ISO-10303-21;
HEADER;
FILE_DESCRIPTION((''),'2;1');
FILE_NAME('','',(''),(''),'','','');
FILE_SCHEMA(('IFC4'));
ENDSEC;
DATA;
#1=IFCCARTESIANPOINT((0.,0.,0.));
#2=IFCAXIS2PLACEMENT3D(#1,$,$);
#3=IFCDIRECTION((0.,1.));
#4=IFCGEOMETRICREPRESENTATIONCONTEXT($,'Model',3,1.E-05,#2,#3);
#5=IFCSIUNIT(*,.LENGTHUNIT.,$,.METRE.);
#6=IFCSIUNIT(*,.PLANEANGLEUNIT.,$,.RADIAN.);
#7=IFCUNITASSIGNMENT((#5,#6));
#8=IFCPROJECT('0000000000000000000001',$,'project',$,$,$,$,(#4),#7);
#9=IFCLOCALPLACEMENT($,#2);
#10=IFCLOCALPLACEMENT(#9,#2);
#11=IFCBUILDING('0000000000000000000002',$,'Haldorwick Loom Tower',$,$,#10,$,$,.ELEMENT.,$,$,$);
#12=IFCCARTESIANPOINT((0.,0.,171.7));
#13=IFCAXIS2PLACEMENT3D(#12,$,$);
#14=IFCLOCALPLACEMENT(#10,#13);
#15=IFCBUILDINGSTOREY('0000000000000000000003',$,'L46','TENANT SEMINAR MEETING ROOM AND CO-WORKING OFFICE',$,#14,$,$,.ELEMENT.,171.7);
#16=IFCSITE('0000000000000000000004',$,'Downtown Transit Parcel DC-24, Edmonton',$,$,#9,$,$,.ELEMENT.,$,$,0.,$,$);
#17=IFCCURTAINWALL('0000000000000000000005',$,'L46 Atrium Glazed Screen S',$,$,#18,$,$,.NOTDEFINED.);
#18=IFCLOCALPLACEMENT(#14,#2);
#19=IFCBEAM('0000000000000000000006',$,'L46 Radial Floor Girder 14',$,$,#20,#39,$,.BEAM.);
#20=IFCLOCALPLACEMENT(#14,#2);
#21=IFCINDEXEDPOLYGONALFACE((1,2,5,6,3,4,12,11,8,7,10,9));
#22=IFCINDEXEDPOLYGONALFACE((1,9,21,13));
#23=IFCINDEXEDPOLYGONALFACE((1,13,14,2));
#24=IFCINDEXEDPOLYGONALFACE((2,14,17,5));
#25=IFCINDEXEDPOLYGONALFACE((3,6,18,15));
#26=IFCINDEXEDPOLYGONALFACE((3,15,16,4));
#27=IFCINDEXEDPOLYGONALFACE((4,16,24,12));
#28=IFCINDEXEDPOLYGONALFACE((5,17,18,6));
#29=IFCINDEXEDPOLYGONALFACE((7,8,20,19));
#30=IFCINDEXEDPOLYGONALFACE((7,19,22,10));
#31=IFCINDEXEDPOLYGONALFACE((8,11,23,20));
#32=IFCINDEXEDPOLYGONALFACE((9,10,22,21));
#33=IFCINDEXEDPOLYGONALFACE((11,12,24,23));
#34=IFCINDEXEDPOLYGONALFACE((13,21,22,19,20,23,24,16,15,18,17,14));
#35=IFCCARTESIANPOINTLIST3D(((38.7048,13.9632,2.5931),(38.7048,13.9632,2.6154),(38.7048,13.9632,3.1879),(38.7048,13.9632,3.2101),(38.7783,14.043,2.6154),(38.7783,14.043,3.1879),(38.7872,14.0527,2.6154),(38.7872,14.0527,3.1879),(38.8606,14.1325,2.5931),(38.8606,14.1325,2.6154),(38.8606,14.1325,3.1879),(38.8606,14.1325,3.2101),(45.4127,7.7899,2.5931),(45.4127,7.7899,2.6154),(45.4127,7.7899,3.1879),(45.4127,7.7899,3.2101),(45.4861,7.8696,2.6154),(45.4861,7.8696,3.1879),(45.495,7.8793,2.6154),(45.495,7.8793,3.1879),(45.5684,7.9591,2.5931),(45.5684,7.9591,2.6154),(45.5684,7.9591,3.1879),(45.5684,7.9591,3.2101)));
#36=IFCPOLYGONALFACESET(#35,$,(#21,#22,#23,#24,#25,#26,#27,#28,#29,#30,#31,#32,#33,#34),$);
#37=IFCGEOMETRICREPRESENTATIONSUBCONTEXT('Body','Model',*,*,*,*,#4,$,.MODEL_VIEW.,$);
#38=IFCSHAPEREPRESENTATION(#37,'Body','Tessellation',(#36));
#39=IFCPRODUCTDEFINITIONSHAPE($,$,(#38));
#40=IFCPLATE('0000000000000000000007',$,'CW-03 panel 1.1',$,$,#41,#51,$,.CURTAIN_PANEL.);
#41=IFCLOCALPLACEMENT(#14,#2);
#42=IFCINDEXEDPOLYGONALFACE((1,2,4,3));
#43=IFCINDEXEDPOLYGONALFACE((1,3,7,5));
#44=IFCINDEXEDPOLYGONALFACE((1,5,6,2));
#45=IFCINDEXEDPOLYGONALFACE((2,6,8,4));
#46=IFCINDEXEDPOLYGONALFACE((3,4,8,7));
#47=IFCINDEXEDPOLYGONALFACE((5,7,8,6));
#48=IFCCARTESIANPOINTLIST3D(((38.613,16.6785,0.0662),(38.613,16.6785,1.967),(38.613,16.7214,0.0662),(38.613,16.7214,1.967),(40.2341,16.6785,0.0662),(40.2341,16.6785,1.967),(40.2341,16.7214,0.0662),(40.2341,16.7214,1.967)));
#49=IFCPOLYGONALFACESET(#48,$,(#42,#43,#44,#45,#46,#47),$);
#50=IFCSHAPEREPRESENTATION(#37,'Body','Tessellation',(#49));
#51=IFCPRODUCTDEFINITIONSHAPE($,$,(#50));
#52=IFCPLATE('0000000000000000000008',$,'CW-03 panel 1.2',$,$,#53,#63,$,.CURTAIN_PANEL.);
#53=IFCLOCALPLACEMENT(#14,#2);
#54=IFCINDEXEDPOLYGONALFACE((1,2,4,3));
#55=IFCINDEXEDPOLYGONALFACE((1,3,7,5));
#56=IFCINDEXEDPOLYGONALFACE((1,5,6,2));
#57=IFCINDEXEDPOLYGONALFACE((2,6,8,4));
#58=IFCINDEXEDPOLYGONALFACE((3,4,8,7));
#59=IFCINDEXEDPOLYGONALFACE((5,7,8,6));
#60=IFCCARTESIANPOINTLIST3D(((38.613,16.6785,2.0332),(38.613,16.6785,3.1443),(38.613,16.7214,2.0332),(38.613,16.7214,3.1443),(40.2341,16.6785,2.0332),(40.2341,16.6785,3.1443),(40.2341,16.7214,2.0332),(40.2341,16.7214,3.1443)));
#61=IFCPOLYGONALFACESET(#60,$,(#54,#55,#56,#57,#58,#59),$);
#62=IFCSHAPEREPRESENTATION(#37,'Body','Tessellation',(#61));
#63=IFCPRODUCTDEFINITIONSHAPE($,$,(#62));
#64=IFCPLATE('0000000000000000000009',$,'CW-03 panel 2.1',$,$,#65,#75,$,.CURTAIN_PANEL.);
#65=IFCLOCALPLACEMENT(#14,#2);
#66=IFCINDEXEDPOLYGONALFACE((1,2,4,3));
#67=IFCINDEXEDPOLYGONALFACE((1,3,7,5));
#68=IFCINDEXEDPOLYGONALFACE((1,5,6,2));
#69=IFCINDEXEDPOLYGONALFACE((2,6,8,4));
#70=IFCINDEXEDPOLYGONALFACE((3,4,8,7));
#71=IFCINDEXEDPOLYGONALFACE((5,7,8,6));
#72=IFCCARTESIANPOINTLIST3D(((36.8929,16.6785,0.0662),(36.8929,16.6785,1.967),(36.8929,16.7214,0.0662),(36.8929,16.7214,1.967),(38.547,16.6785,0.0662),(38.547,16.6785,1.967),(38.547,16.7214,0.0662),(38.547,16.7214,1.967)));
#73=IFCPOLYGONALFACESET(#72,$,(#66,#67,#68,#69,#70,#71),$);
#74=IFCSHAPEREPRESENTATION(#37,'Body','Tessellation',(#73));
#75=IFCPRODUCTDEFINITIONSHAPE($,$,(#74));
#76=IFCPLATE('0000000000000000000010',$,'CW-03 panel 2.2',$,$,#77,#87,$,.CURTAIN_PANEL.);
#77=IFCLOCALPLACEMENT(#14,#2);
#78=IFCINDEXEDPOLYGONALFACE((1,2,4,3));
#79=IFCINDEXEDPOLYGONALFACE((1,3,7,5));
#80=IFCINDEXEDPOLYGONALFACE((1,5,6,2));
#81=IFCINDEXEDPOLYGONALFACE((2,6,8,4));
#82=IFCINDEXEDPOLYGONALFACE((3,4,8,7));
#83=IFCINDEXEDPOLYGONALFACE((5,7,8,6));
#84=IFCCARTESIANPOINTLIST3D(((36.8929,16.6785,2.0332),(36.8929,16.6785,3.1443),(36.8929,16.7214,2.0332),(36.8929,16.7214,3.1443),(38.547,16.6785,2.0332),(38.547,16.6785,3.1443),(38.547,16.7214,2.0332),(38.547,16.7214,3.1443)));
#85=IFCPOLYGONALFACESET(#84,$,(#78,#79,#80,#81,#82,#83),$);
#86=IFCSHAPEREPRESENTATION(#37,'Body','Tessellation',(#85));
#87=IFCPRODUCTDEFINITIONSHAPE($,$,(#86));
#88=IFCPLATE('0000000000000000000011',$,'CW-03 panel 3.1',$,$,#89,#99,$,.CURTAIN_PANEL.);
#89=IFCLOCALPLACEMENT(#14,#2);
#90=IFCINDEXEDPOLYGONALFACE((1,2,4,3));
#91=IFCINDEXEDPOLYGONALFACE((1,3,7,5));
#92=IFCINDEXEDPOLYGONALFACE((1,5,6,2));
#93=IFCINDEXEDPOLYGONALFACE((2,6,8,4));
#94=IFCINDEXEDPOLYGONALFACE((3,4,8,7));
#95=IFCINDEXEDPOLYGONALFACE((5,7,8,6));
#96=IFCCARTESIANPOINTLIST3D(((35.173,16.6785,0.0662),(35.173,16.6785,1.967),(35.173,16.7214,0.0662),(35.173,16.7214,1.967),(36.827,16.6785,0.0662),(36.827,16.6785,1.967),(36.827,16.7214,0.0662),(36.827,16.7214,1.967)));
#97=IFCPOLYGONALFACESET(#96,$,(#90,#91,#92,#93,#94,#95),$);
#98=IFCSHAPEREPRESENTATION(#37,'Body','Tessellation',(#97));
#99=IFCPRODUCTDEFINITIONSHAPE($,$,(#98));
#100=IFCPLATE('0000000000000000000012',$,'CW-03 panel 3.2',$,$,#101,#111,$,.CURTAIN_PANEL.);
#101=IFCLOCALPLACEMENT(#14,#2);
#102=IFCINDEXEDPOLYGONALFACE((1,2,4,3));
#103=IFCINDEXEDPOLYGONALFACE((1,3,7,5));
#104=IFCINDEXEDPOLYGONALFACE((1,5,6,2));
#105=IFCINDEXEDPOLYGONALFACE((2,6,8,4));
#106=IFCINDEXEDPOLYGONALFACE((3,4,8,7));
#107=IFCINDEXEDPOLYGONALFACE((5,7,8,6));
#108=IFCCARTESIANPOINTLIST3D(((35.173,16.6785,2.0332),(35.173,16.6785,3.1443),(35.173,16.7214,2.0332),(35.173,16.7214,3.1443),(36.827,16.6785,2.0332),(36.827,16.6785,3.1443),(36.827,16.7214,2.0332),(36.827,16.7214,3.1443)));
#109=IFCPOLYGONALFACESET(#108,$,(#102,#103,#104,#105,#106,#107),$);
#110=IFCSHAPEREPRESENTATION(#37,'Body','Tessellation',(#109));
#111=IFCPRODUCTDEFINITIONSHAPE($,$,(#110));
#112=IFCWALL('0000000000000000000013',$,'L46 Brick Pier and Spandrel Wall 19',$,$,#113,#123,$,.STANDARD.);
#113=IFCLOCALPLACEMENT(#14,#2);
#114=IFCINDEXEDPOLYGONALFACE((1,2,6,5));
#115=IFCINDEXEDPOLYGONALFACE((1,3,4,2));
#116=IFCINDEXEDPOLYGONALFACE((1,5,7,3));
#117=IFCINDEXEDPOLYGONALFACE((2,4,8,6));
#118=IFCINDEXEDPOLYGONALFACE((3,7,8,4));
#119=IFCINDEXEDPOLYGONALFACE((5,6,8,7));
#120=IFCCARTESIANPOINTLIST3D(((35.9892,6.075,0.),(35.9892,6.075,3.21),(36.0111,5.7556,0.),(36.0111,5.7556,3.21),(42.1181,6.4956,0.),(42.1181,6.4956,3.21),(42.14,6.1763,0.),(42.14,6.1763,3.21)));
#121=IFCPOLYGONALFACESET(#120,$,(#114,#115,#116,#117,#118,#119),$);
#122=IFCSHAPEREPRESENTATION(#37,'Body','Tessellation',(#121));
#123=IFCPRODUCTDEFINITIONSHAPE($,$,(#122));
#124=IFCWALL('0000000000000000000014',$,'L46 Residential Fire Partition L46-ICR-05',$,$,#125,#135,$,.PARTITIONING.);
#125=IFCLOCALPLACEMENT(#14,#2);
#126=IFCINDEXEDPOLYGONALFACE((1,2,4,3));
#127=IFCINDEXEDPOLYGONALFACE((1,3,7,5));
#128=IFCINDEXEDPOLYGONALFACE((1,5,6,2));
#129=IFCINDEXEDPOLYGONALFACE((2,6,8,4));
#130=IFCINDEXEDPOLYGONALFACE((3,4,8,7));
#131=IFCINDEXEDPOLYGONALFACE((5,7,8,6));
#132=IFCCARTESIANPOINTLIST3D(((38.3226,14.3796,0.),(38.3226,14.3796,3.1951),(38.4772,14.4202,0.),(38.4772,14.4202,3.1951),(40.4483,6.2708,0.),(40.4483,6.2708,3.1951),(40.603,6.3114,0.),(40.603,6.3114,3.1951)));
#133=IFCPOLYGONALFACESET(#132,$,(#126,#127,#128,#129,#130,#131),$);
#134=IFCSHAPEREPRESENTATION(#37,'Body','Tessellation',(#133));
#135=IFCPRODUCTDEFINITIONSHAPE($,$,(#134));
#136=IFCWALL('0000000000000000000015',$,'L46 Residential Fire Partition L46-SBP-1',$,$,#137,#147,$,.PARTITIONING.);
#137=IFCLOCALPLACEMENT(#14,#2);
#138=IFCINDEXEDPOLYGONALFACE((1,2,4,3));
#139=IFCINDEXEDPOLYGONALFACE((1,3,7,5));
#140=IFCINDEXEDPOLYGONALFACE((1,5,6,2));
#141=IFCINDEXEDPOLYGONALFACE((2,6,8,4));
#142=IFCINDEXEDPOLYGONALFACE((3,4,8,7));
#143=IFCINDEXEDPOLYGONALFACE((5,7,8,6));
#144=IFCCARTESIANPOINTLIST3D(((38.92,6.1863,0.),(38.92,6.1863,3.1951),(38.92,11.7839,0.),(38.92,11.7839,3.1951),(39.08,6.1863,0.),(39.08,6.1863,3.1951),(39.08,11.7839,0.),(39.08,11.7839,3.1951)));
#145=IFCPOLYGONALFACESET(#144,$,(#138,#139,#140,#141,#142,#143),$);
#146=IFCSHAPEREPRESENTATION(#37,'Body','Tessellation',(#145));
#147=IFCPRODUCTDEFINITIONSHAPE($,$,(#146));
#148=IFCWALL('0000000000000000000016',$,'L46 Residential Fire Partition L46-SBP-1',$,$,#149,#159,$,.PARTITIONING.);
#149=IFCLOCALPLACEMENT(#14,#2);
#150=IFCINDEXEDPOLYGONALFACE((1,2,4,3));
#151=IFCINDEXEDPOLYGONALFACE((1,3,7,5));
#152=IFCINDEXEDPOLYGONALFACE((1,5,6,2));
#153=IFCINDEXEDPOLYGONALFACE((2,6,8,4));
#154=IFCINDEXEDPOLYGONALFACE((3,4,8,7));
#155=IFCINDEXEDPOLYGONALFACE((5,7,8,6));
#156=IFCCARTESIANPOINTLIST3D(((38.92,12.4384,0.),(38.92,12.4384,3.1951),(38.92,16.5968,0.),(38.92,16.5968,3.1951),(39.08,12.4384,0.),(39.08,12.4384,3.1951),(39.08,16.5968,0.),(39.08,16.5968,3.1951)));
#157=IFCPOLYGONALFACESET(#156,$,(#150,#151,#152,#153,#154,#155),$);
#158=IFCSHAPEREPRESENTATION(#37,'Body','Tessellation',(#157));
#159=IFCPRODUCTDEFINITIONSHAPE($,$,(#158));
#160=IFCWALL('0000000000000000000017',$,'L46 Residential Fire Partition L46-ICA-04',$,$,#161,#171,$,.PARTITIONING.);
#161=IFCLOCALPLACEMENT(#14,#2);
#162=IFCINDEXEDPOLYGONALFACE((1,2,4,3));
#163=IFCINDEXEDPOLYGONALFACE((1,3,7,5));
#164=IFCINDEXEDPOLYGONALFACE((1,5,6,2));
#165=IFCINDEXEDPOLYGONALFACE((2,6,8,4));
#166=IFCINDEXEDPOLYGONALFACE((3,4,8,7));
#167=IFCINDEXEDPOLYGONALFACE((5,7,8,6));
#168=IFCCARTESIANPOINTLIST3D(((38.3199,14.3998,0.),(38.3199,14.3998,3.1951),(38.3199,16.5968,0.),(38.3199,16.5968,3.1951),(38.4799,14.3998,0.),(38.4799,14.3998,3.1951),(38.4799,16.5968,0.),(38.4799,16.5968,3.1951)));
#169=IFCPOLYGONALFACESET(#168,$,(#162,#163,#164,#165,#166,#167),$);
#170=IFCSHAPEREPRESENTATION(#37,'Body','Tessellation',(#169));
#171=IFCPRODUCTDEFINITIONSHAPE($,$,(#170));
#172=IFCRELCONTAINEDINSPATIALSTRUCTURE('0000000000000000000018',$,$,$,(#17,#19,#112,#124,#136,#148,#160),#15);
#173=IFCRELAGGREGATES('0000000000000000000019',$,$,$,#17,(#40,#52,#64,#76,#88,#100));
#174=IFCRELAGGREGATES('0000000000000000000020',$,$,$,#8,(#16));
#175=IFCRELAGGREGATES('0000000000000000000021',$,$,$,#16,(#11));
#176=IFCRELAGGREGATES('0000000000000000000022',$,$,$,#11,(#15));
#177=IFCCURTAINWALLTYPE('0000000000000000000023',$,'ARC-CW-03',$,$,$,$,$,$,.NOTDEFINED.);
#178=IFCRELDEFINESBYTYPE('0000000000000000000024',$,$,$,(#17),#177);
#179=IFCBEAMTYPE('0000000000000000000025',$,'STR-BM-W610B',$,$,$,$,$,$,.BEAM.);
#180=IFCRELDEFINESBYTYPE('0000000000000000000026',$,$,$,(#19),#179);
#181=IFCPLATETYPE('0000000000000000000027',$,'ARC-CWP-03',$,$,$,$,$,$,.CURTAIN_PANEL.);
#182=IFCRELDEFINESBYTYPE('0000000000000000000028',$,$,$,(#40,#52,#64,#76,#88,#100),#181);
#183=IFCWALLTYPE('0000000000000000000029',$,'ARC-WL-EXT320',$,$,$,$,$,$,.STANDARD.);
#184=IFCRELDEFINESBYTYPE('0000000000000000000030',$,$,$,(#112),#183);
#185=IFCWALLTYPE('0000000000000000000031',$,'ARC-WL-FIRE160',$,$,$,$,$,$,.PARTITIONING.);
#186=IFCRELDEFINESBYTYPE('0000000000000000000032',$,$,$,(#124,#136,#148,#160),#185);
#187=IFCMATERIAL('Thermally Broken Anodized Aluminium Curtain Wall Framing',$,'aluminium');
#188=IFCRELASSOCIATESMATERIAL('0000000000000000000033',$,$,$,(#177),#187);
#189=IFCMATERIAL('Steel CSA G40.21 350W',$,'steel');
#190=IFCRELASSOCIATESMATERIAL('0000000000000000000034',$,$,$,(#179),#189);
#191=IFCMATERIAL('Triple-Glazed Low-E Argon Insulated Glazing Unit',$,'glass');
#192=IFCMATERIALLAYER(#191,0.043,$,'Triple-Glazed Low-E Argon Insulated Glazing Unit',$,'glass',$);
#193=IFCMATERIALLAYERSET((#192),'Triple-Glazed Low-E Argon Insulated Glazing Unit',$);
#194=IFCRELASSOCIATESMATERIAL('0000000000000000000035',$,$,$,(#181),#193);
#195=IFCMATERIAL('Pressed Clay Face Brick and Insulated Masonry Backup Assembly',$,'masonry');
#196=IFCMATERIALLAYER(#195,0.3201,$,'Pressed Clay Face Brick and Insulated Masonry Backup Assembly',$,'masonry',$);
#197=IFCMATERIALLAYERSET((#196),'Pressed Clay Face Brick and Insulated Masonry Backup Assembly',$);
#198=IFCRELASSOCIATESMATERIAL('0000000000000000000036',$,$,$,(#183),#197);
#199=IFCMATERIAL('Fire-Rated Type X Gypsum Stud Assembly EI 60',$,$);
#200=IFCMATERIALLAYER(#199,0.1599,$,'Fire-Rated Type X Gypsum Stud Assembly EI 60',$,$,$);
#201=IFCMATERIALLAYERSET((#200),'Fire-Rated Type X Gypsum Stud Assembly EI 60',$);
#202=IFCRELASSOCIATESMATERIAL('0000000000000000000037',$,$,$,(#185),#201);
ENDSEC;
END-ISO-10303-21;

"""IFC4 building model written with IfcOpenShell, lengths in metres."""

from ifc_helpers import new_model, si_unit, direction, frame, frame_2d, origin, origin_2d, place, context, subcontext, project, spatial, rectangle, i_section, extrude, material, layer, layer_set, material_profile, profile_set, type_object, element, aggregate, save


model = new_model("IFC4")

# Units and contexts
model_context = context("Model", 3, precision=1e-05, world=origin(), true_north=direction((0.0, 1.0)))
body_context = subcontext(model_context, "Body", "Model", "MODEL_VIEW")
ifc_project = project(units=[si_unit("LENGTHUNIT", "METRE"), si_unit("PLANEANGLEUNIT", "RADIAN")], contexts=[model_context])

# Site, building, storey
site_placement = place(None, origin())
site = spatial("IfcSite", under=ifc_project, at=site_placement, Name="Downtown Transit Parcel DC-24, Edmonton", CompositionType="ELEMENT", RefElevation=0.0)
building_placement = place(site_placement, origin())
building = spatial("IfcBuilding", under=site, at=building_placement, Name="Haldorwick Loom Tower", CompositionType="ELEMENT")
storey_placement = place(building_placement, frame((0.0, 0.0, 171.7)))
storey = spatial("IfcBuildingStorey", under=building, at=storey_placement, Name="L46", Description="TENANT SEMINAR MEETING ROOM AND CO-WORKING OFFICE", CompositionType="ELEMENT", Elevation=171.7)

# Curtain wall
ifc_material_1 = material(Name="Thermally Broken Anodized Aluminium Curtain Wall Framing", Category="aluminium")
curtain_wall_type = type_object("IfcCurtainWallType", Name="ARC-CW-03", PredefinedType="NOTDEFINED", material=ifc_material_1)
curtain_wall_placement = place(storey_placement, origin())
curtain_wall = element("IfcCurtainWall", 1, at=curtain_wall_placement, inside=storey, type_object=curtain_wall_type, Name="L46 Atrium Glazed Screen S", PredefinedType="NOTDEFINED")

# Beam
ifc_material_2 = material(Name="Steel CSA G40.21 350W", Category="steel")
ifc_material_profile_1 = material_profile(ifc_material_2, i_section(OverallWidth=0.23, OverallDepth=0.6169, WebThickness=0.0132, FlangeThickness=0.0222, at=origin_2d()), Name="W610X140", Category="steel")
ifc_profile_set_1 = profile_set([ifc_material_profile_1], Name="Steel CSA G40.21 350W")
beam_type_1 = type_object("IfcBeamType", Name="STR-BM-W610B", PredefinedType="BEAM", material=ifc_profile_set_1)
beam_1_placement = place(storey_placement, frame((38.7827, 14.0479, 2.9016), z_axis=(0.735811, -0.677187, 0.0), x_axis=(0.677187, 0.735811, 0.0)))
element("IfcBeam", 2, at=beam_1_placement, inside=storey, type_object=beam_type_1, Name="L46 Radial Floor Girder 14", PredefinedType="BEAM", context=body_context, shape_type="SweptSolid", body=[
    extrude(i_section(OverallWidth=0.23, OverallDepth=0.6169, WebThickness=0.0132, FlangeThickness=0.0222, at=origin_2d()), origin(), (0.0, 0.0, 1.0), 9.1162),
])

# Plates
ifc_material_3 = material(Name="Triple-Glazed Low-E Argon Insulated Glazing Unit", Category="glass")
ifc_layer_1 = layer(ifc_material_3, 0.043, Name="Triple-Glazed Low-E Argon Insulated Glazing Unit", Category="glass")
ifc_layer_set_1 = layer_set([ifc_layer_1], Name="Triple-Glazed Low-E Argon Insulated Glazing Unit")
plate_type = type_object("IfcPlateType", Name="ARC-CWP-03", PredefinedType="CURTAIN_PANEL", material=ifc_layer_set_1)
plate_1_placement = place(storey_placement, frame((39.4236, 16.7, 0.0662), z_axis=(0.0, 0.0, 1.0), x_axis=(-1.0, 0.0, 0.0)))
plate_1 = element("IfcPlate", 3, at=plate_1_placement, type_object=plate_type, Name="CW-03 panel 1.1", PredefinedType="CURTAIN_PANEL", context=body_context, shape_type="SweptSolid", body=[
    extrude(rectangle(XDim=1.6211, YDim=0.043, at=origin_2d()), origin(), (0.0, 0.0, 1.0), 1.9009),
])
plate_2_placement = place(storey_placement, frame((39.4236, 16.7, 2.0332), z_axis=(0.0, 0.0, 1.0), x_axis=(-1.0, 0.0, 0.0)))
plate_2 = element("IfcPlate", 4, at=plate_2_placement, type_object=plate_type, Name="CW-03 panel 1.2", PredefinedType="CURTAIN_PANEL", context=body_context, shape_type="SweptSolid", body=[
    extrude(rectangle(XDim=1.6211, YDim=0.043, at=origin_2d()), origin(), (0.0, 0.0, 1.0), 1.1111),
])
plate_3_placement = place(storey_placement, frame((37.72, 16.7, 0.0662), z_axis=(0.0, 0.0, 1.0), x_axis=(-1.0, 0.0, 0.0)))
plate_3 = element("IfcPlate", 5, at=plate_3_placement, type_object=plate_type, Name="CW-03 panel 2.1", PredefinedType="CURTAIN_PANEL", context=body_context, shape_type="SweptSolid", body=[
    extrude(rectangle(XDim=1.6541, YDim=0.043, at=origin_2d()), origin(), (0.0, 0.0, 1.0), 1.9009),
])
plate_4_placement = place(storey_placement, frame((37.72, 16.7, 2.0332), z_axis=(0.0, 0.0, 1.0), x_axis=(-1.0, 0.0, 0.0)))
plate_4 = element("IfcPlate", 6, at=plate_4_placement, type_object=plate_type, Name="CW-03 panel 2.2", PredefinedType="CURTAIN_PANEL", context=body_context, shape_type="SweptSolid", body=[
    extrude(rectangle(XDim=1.6541, YDim=0.043, at=origin_2d()), origin(), (0.0, 0.0, 1.0), 1.1111),
])
plate_5_placement = place(storey_placement, frame((36.0, 16.7, 0.0662), z_axis=(0.0, 0.0, 1.0), x_axis=(-1.0, 0.0, 0.0)))
plate_5 = element("IfcPlate", 7, at=plate_5_placement, type_object=plate_type, Name="CW-03 panel 3.1", PredefinedType="CURTAIN_PANEL", context=body_context, shape_type="SweptSolid", body=[
    extrude(rectangle(XDim=1.6541, YDim=0.043, at=origin_2d()), origin(), (0.0, 0.0, 1.0), 1.9009),
])
plate_6_placement = place(storey_placement, frame((36.0, 16.7, 2.0332), z_axis=(0.0, 0.0, 1.0), x_axis=(-1.0, 0.0, 0.0)))
plate_6 = element("IfcPlate", 8, at=plate_6_placement, type_object=plate_type, Name="CW-03 panel 3.2", PredefinedType="CURTAIN_PANEL", context=body_context, shape_type="SweptSolid", body=[
    extrude(rectangle(XDim=1.6541, YDim=0.043, at=origin_2d()), origin(), (0.0, 0.0, 1.0), 1.1111),
])
aggregate(curtain_wall, [plate_1, plate_2, plate_3, plate_4, plate_5, plate_6])

# Walls
ifc_material_4 = material(Name="Pressed Clay Face Brick and Insulated Masonry Backup Assembly", Category="masonry")
ifc_layer_2 = layer(ifc_material_4, 0.3201, Name="Pressed Clay Face Brick and Insulated Masonry Backup Assembly", Category="masonry")
ifc_layer_set_2 = layer_set([ifc_layer_2], Name="Pressed Clay Face Brick and Insulated Masonry Backup Assembly")
wall_type_1 = type_object("IfcWallType", Name="ARC-WL-EXT320", PredefinedType="STANDARD", material=ifc_layer_set_2)
wall_1_placement = place(storey_placement, frame((36.0, 5.9153, 0.0), z_axis=(0.0, 0.0, 1.0), x_axis=(0.997653, 0.068473, 0.0)))
element("IfcWall", 9, at=wall_1_placement, inside=storey, type_object=wall_type_1, Name="L46 Brick Pier and Spandrel Wall 19", PredefinedType="STANDARD", context=body_context, shape_type="SweptSolid", body=[
    extrude(rectangle(XDim=6.1433, YDim=0.3201, at=frame_2d((3.0718, 0.0))), origin(), (0.0, 0.0, 1.0), 3.21),
])
ifc_material_5 = material(Name="Fire-Rated Type X Gypsum Stud Assembly EI 60")
ifc_layer_3 = layer(ifc_material_5, 0.1599, Name="Fire-Rated Type X Gypsum Stud Assembly EI 60")
ifc_layer_set_3 = layer_set([ifc_layer_3], Name="Fire-Rated Type X Gypsum Stud Assembly EI 60")
wall_type_2 = type_object("IfcWallType", Name="ARC-WL-FIRE160", PredefinedType="PARTITIONING", material=ifc_layer_set_3)
wall_2_placement = place(storey_placement, frame((38.3999, 14.3999, 0.0), z_axis=(0.0, 0.0, 1.0), x_axis=(0.25358, -0.967314, 0.0)))
element("IfcWall", 10, at=wall_2_placement, inside=storey, type_object=wall_type_2, Name="L46 Residential Fire Partition L46-ICR-05", PredefinedType="PARTITIONING", context=body_context, shape_type="SweptSolid", body=[
    extrude(rectangle(XDim=8.3828, YDim=0.1599, at=frame_2d((4.1914, 0.0))), origin(), (0.0, 0.0, 1.0), 3.1951),
])
wall_3_placement = place(storey_placement, frame((39.0, 6.1863, 0.0), z_axis=(0.0, 0.0, 1.0), x_axis=(0.0, 1.0, 0.0)))
element("IfcWall", 11, at=wall_3_placement, inside=storey, type_object=wall_type_2, Name="L46 Residential Fire Partition L46-SBP-1", PredefinedType="PARTITIONING", context=body_context, shape_type="SweptSolid", body=[
    extrude(rectangle(XDim=5.5977, YDim=0.1599, at=frame_2d((2.7988, 0.0))), origin(), (0.0, 0.0, 1.0), 3.1951),
])
wall_4_placement = place(storey_placement, frame((39.0, 12.4385, 0.0), z_axis=(0.0, 0.0, 1.0), x_axis=(0.0, 1.0, 0.0)))
element("IfcWall", 12, at=wall_4_placement, inside=storey, type_object=wall_type_2, Name="L46 Residential Fire Partition L46-SBP-1", PredefinedType="PARTITIONING", context=body_context, shape_type="SweptSolid", body=[
    extrude(rectangle(XDim=4.1584, YDim=0.1599, at=frame_2d((2.0791, 0.0))), origin(), (0.0, 0.0, 1.0), 3.1951),
])
wall_5_placement = place(storey_placement, frame((38.3999, 16.5969, 0.0), z_axis=(0.0, 0.0, 1.0), x_axis=(0.0, -1.0, 0.0)))
element("IfcWall", 13, at=wall_5_placement, inside=storey, type_object=wall_type_2, Name="L46 Residential Fire Partition L46-ICA-04", PredefinedType="PARTITIONING", context=body_context, shape_type="SweptSolid", body=[
    extrude(rectangle(XDim=2.197, YDim=0.1599, at=frame_2d((1.0986, 0.0))), origin(), (0.0, 0.0, 1.0), 3.1951),
])

save(model, "model.ifc")
